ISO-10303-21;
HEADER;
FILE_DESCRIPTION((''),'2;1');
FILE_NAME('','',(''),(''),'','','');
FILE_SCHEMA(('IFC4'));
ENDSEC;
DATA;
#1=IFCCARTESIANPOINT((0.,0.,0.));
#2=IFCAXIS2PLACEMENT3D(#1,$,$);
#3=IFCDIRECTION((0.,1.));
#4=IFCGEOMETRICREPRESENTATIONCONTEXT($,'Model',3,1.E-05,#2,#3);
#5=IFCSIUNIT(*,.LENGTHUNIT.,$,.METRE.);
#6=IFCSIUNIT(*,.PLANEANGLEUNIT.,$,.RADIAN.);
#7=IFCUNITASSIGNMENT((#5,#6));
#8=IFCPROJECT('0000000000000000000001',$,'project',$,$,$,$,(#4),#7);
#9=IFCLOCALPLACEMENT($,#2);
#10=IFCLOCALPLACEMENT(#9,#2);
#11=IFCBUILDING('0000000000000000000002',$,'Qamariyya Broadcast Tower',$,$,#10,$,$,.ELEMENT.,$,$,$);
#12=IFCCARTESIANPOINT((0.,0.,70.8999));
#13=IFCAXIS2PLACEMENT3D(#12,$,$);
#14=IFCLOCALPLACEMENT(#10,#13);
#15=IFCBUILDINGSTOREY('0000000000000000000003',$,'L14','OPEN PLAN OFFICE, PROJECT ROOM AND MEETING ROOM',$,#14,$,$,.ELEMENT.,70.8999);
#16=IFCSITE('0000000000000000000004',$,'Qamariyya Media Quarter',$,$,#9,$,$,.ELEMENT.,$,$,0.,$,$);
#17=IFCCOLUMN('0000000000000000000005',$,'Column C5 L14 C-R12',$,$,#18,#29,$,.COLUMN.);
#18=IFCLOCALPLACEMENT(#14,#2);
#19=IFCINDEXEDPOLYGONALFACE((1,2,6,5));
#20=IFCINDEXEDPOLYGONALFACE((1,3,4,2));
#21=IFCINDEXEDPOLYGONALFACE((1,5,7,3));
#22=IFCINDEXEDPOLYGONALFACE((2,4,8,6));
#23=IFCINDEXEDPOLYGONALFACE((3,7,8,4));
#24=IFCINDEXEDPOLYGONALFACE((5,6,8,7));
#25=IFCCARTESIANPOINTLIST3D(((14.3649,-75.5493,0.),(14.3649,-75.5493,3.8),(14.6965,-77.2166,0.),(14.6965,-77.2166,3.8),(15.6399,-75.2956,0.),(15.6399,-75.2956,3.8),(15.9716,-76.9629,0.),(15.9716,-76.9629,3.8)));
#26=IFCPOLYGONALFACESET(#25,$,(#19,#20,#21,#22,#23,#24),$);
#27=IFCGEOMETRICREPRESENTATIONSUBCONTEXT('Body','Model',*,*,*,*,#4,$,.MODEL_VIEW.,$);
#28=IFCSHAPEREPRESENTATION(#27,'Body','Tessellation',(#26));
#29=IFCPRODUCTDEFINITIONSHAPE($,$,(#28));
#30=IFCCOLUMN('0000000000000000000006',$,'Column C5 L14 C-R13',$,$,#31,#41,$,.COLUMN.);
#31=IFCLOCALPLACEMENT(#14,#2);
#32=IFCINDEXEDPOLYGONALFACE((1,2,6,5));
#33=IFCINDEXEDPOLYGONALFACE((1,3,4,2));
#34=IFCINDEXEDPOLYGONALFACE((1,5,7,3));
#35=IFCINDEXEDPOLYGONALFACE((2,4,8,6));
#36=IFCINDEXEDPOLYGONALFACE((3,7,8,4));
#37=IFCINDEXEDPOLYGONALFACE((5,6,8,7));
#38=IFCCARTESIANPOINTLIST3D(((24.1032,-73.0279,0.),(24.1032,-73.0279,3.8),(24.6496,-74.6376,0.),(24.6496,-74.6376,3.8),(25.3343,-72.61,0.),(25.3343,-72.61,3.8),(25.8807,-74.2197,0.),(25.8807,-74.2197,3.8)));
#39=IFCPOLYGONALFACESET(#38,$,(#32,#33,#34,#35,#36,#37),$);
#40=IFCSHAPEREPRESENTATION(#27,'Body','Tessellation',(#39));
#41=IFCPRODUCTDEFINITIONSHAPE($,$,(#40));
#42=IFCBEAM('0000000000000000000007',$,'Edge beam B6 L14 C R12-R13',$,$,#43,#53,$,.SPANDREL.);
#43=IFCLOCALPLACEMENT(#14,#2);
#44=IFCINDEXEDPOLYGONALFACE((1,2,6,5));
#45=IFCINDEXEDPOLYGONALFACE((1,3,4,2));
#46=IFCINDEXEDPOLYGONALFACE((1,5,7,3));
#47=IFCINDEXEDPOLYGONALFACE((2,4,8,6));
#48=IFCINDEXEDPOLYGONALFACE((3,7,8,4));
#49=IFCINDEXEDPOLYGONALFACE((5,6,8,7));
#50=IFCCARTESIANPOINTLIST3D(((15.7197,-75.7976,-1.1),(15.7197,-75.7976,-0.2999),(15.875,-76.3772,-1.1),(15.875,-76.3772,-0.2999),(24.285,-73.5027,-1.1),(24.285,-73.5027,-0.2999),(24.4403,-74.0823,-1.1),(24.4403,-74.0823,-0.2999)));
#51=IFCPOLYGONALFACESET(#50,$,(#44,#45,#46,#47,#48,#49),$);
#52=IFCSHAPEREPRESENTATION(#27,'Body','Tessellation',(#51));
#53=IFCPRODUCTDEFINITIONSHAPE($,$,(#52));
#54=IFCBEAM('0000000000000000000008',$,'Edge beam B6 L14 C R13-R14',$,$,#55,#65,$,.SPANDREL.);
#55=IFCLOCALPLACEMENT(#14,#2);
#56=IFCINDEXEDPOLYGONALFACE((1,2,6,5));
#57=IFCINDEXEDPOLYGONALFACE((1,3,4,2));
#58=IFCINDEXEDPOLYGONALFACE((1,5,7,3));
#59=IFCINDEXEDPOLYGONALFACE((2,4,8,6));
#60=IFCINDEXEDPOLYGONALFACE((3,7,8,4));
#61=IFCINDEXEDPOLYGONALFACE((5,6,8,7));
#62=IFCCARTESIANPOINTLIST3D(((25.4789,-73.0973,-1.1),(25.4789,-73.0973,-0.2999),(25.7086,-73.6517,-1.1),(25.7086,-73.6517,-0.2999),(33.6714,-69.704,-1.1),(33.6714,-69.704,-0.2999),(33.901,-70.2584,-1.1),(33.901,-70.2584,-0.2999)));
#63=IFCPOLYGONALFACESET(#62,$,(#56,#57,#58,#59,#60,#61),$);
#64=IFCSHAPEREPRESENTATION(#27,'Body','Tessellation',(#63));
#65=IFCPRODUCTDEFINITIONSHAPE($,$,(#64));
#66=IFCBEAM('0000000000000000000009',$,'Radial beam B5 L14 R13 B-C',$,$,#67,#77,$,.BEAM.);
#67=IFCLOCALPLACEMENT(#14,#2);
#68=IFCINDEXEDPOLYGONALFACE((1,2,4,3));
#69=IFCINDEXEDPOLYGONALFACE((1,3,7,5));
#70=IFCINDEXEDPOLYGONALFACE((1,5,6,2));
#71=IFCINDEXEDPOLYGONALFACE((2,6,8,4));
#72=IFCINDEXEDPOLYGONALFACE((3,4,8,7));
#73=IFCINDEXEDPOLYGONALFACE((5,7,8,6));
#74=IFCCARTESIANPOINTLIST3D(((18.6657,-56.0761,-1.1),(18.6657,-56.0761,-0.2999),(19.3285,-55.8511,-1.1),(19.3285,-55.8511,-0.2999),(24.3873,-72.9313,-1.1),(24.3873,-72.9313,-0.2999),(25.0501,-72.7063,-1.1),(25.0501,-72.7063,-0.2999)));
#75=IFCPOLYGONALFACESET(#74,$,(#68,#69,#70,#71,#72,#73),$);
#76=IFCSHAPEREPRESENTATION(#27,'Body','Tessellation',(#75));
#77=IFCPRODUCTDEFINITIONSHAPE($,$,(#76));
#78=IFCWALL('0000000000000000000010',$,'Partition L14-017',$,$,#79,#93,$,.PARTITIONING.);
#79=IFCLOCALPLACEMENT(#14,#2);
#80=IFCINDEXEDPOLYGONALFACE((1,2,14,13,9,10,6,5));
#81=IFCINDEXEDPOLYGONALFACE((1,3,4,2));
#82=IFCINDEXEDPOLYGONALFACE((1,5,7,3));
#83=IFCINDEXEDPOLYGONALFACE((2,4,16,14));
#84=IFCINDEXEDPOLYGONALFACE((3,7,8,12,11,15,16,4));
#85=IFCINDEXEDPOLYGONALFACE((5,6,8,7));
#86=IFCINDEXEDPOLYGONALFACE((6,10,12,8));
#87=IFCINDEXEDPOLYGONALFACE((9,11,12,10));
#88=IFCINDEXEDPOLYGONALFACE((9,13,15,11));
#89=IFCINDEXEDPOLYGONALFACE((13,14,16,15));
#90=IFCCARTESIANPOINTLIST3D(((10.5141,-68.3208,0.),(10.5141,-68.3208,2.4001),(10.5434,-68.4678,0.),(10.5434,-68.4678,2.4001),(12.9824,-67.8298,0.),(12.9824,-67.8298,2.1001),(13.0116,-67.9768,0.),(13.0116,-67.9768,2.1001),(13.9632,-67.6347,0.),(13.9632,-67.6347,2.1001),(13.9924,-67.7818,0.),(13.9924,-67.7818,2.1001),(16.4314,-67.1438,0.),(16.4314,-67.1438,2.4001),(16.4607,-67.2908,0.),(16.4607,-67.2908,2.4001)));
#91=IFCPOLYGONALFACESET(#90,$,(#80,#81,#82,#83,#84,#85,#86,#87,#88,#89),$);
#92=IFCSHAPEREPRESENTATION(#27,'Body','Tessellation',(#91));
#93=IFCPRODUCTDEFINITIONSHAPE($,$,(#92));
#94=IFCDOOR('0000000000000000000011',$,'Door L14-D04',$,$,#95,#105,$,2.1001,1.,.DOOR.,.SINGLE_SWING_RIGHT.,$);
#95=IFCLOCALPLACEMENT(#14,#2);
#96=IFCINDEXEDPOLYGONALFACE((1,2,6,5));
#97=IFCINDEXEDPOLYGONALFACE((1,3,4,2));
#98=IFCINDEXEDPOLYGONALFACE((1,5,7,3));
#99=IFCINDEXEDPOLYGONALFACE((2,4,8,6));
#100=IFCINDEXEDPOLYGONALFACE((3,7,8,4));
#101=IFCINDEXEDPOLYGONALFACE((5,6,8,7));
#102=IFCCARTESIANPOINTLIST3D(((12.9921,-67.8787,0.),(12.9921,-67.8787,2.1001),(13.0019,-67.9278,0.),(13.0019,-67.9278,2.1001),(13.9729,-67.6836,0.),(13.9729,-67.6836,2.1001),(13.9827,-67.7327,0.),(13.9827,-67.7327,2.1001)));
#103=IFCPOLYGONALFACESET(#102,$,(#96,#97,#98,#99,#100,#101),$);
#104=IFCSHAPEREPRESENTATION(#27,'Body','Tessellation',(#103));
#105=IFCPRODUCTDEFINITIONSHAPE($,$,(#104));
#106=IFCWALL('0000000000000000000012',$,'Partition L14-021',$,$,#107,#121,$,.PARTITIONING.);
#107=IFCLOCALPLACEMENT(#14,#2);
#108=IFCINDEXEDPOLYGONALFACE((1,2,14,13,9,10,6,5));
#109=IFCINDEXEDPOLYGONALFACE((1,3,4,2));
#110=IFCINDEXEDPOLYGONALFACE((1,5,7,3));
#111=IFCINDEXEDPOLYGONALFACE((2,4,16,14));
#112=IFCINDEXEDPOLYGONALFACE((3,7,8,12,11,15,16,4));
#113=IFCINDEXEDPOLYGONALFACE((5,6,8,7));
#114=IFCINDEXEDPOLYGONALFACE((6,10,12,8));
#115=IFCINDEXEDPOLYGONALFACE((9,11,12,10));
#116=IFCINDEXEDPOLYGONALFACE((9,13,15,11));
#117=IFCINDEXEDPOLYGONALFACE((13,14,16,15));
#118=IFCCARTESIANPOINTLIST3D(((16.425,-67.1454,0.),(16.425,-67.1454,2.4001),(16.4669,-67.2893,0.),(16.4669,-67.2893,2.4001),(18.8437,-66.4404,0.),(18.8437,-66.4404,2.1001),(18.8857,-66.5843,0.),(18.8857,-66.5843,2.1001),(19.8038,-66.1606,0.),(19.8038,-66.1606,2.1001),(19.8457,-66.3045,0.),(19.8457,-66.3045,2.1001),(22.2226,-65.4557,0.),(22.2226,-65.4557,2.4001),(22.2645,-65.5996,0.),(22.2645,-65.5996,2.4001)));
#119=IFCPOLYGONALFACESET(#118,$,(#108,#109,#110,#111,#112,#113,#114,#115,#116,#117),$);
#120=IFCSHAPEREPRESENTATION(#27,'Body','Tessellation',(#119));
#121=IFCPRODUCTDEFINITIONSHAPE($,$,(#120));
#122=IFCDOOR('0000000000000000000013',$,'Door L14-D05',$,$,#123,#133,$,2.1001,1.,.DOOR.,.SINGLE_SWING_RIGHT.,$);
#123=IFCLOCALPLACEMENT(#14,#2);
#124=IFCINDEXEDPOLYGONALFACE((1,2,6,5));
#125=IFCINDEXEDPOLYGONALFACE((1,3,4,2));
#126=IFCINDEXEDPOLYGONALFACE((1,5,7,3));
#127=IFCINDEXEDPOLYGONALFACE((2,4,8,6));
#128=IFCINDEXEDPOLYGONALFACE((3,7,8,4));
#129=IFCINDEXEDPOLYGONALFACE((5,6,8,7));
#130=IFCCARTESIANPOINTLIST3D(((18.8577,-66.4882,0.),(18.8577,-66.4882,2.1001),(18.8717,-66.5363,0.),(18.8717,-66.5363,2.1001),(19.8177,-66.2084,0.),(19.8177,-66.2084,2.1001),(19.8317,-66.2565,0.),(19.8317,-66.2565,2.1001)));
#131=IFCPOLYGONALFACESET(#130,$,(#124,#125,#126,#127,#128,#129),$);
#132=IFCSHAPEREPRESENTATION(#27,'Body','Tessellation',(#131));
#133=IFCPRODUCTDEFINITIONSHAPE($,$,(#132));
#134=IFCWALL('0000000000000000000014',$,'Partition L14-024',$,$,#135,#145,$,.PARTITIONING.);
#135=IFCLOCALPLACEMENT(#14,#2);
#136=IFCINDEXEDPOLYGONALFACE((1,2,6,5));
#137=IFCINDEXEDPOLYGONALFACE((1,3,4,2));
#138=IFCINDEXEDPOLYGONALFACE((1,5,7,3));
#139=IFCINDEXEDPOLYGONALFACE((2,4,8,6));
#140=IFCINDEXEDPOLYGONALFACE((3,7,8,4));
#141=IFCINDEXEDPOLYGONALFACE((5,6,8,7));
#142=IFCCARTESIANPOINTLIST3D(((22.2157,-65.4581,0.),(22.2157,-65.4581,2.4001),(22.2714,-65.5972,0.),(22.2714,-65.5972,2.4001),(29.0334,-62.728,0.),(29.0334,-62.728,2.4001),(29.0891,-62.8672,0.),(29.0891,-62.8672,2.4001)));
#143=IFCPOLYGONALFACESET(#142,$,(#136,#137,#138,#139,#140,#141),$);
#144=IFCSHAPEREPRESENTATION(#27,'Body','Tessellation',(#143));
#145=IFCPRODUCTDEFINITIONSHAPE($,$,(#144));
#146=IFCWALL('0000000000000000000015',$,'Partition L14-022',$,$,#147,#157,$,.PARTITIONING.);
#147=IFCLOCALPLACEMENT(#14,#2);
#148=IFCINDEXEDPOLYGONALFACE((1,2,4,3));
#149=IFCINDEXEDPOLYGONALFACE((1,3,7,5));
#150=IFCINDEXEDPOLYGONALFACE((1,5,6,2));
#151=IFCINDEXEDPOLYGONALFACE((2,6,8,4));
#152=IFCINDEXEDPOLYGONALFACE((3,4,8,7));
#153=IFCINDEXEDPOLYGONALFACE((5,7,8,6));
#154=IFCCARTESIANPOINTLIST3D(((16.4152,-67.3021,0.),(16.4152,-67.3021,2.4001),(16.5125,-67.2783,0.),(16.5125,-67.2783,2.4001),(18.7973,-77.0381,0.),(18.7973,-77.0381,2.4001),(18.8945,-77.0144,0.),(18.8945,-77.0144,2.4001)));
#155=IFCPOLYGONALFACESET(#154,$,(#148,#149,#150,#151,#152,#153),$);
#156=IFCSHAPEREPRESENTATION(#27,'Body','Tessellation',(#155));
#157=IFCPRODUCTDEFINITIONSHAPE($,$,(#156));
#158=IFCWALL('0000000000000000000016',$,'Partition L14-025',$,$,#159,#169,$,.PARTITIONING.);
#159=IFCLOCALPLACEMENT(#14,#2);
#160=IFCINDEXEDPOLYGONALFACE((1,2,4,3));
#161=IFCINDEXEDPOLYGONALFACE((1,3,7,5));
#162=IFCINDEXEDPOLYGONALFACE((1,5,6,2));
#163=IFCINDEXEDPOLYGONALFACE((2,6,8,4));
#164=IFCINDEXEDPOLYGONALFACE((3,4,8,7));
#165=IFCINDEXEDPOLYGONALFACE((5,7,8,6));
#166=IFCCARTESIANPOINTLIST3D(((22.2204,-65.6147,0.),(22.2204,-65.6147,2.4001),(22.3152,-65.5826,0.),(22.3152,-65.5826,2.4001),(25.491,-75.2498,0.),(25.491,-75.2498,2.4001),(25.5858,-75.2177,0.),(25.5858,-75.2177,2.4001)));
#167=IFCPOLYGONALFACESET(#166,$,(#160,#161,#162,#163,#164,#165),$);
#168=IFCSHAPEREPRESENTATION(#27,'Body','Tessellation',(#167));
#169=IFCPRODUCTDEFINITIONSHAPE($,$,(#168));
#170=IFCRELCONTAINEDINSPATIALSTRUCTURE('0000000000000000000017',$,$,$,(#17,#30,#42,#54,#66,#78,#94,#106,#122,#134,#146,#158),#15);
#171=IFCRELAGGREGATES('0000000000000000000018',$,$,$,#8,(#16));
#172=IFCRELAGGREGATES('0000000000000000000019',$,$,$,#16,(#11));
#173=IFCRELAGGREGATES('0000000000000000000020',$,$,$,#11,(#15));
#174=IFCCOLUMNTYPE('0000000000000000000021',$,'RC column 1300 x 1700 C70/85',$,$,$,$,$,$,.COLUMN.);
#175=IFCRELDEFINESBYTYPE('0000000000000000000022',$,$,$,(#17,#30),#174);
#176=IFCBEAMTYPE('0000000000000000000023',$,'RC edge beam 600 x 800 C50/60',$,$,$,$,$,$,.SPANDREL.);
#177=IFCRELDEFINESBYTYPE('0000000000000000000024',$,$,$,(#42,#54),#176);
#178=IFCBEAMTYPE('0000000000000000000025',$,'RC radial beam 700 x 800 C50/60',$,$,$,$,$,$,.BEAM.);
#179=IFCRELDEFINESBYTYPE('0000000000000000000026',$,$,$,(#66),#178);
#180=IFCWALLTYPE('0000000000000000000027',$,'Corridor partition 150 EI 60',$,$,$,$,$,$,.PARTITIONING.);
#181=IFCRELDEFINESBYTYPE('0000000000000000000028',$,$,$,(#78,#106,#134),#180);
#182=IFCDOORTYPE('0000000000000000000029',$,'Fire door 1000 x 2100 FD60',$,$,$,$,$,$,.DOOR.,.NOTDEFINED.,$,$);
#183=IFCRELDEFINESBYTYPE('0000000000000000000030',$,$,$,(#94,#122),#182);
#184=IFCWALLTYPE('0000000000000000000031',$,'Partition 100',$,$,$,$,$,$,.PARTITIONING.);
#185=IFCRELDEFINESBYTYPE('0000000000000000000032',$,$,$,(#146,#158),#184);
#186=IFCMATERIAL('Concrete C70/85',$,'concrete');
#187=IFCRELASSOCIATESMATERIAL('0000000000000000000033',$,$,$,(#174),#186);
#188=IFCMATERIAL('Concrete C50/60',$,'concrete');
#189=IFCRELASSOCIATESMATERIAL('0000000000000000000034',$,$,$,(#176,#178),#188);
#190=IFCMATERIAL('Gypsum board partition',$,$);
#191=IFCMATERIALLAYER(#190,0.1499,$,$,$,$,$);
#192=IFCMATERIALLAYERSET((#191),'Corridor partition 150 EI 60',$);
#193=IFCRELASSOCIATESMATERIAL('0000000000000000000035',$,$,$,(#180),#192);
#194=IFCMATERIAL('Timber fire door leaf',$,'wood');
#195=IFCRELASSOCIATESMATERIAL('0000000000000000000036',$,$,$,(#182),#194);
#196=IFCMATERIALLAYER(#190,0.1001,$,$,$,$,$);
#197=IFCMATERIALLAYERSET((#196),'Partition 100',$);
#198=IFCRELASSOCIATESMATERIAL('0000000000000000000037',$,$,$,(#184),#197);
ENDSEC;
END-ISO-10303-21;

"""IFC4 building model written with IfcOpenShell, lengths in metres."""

from ifc_helpers import new_model, si_unit, direction, frame, frame_2d, origin, origin_2d, place, context, subcontext, project, spatial, rectangle, extrude, material, layer, layer_set, material_profile, profile_set, type_object, element, fill, save


model = new_model("IFC4")

# Units and contexts
model_context = context("Model", 3, precision=1e-05, world=origin(), true_north=direction((0.0, 1.0)))
body_context = subcontext(model_context, "Body", "Model", "MODEL_VIEW")
ifc_project = project(units=[si_unit("LENGTHUNIT", "METRE"), si_unit("PLANEANGLEUNIT", "RADIAN")], contexts=[model_context])

# Site, building, storey
site_placement = place(None, origin())
site = spatial("IfcSite", under=ifc_project, at=site_placement, Name="Qamariyya Media Quarter", CompositionType="ELEMENT", RefElevation=0.0)
building_placement = place(site_placement, origin())
building = spatial("IfcBuilding", under=site, at=building_placement, Name="Qamariyya Broadcast Tower", CompositionType="ELEMENT")
storey_placement = place(building_placement, frame((0.0, 0.0, 70.8999)))
storey = spatial("IfcBuildingStorey", under=building, at=storey_placement, Name="L14", Description="OPEN PLAN OFFICE, PROJECT ROOM AND MEETING ROOM", CompositionType="ELEMENT", Elevation=70.8999)

# Columns
ifc_material_1 = material(Name="Concrete C70/85", Category="concrete")
ifc_material_profile_1 = material_profile(ifc_material_1, rectangle(XDim=1.3, YDim=1.7, at=origin_2d()))
ifc_profile_set_1 = profile_set([ifc_material_profile_1], Name="Concrete C70/85")
column_type = type_object("IfcColumnType", Name="RC column 1300 x 1700 C70/85", PredefinedType="COLUMN", material=ifc_profile_set_1)
for number, where, z_axis, x_axis, name in (
    (1, (15.1682, -76.2561, 0.0), (0.0, 0.0, 1.0), (0.980785, 0.19509, 0.0), "Column C5 L14 C-R12"),
    (2, (24.9919, -73.6238, 0.0), (0.0, 0.0, 1.0), (0.94693, 0.321439, 0.0), "Column C5 L14 C-R13"),
):
    element("IfcColumn", number, at=place(storey_placement, frame(where, z_axis=z_axis, x_axis=x_axis)), inside=storey, type_object=column_type, Name=name, PredefinedType="COLUMN", context=body_context, shape_type="SweptSolid", body=[
        extrude(rectangle(XDim=1.3, YDim=1.7, at=origin_2d()), origin(), (0.0, 0.0, 1.0), 3.8),
    ])

# Beams
ifc_material_2 = material(Name="Concrete C50/60", Category="concrete")
ifc_material_profile_2 = material_profile(ifc_material_2, rectangle(XDim=0.6001, YDim=0.8, at=origin_2d()))
ifc_profile_set_2 = profile_set([ifc_material_profile_2], Name="Concrete C50/60")
beam_type_1 = type_object("IfcBeamType", Name="RC edge beam 600 x 800 C50/60", PredefinedType="SPANDREL", material=ifc_profile_set_2)
for number, where, z_axis, x_axis, name in (
    (3, (15.7974, -76.0874, -0.7), (0.965931, 0.2588, 0.0), (-0.2588, 0.965931, 0.0), "Edge beam B6 L14 C R12-R13"),
    (4, (25.5938, -73.3745, -0.7), (0.923883, 0.382675, 0.0), (-0.382675, 0.923883, 0.0), "Edge beam B6 L14 C R13-R14"),
):
    element("IfcBeam", number, at=place(storey_placement, frame(where, z_axis=z_axis, x_axis=x_axis)), inside=storey, type_object=beam_type_1, Name=name, PredefinedType="SPANDREL", context=body_context, shape_type="SweptSolid", body=[
        extrude(rectangle(XDim=0.6001, YDim=0.8, at=origin_2d()), origin(), (0.0, 0.0, 1.0), 8.8674),
    ])
ifc_material_profile_3 = material_profile(ifc_material_2, rectangle(XDim=0.7, YDim=0.8, at=origin_2d()))
ifc_profile_set_3 = profile_set([ifc_material_profile_3], Name="Concrete C50/60")
beam_type_2 = type_object("IfcBeamType", Name="RC radial beam 700 x 800 C50/60", PredefinedType="BEAM", material=ifc_profile_set_3)
beam_placement = place(storey_placement, frame((18.9971, -55.9636, -0.7), z_axis=(0.321445, -0.946928, 0.0), x_axis=(0.946928, 0.321445, 0.0)))
element("IfcBeam", 5, at=beam_placement, inside=storey, type_object=beam_type_2, Name="Radial beam B5 L14 R13 B-C", PredefinedType="BEAM", context=body_context, shape_type="SweptSolid", body=[
    extrude(rectangle(XDim=0.7, YDim=0.8, at=origin_2d()), origin(), (0.0, 0.0, 1.0), 17.7998),
])

# Walls, openings, doors
ifc_material_3 = material(Name="Gypsum board partition")
ifc_layer_1 = layer(ifc_material_3, 0.1499)
ifc_layer_set_1 = layer_set([ifc_layer_1], Name="Corridor partition 150 EI 60")
wall_type_1 = type_object("IfcWallType", Name="Corridor partition 150 EI 60", PredefinedType="PARTITIONING", material=ifc_layer_set_1)
wall_1_placement = place(storey_placement, frame((16.446, -67.2173, 0.0), z_axis=(0.0, 0.0, 1.0), x_axis=(-0.980786, -0.195089, 0.0)))
wall_1 = element("IfcWall", 6, at=wall_1_placement, inside=storey, type_object=wall_type_1, Name="Partition L14-017", PredefinedType="PARTITIONING", context=body_context, shape_type="SweptSolid", body=[
    extrude(rectangle(XDim=6.0332, YDim=0.1499, at=frame_2d((3.0166, 0.0))), origin(), (0.0, 0.0, 1.0), 2.4001),
])
opening_1_placement = place(wall_1_placement, frame((2.5166, 0.0, 0.0)))
opening_1 = element("IfcOpeningElement", 7, at=opening_1_placement, cuts=wall_1, PredefinedType="OPENING", context=body_context, shape_type="SweptSolid", body=[
    extrude(rectangle(XDim=1.0, YDim=2.1001, at=frame_2d((0.5, 1.05))), frame((0.0, 0.085, 0.0), z_axis=(0.0, -1.0, 0.0), x_axis=(1.0, 0.0, 0.0)), (0.0, 0.0, 1.0), 0.1699),
])
ifc_material_4 = material(Name="Timber fire door leaf", Category="wood")
door_type = type_object("IfcDoorType", Name="Fire door 1000 x 2100 FD60", OperationType="NOTDEFINED", PredefinedType="DOOR", material=ifc_material_4)
door_1_placement = place(opening_1_placement, origin())
door_1 = element("IfcDoor", 8, at=door_1_placement, inside=storey, type_object=door_type, Name="Door L14-D04", OperationType="SINGLE_SWING_RIGHT", OverallHeight=2.1001, OverallWidth=1.0, PredefinedType="DOOR", context=body_context, shape_type="SweptSolid", body=[
    extrude(rectangle(XDim=1.0, YDim=2.1001, at=frame_2d((0.5, 1.05))), frame((0.0, 0.0249, 0.0), z_axis=(0.0, -1.0, 0.0), x_axis=(1.0, 0.0, 0.0)), (0.0, 0.0, 1.0), 0.05),
])
fill(opening_1, door_1)
wall_2_placement = place(storey_placement, frame((22.2437, -65.5276, 0.0), z_axis=(0.0, 0.0, 1.0), x_axis=(-0.960057, -0.279806, 0.0)))
wall_2 = element("IfcWall", 9, at=wall_2_placement, inside=storey, type_object=wall_type_1, Name="Partition L14-021", PredefinedType="PARTITIONING", context=body_context, shape_type="SweptSolid", body=[
    extrude(rectangle(XDim=6.0388, YDim=0.1499, at=frame_2d((3.0195, 0.0))), origin(), (0.0, 0.0, 1.0), 2.4001),
])
opening_2_placement = place(wall_2_placement, frame((2.5195, 0.0, 0.0)))
opening_2 = element("IfcOpeningElement", 10, at=opening_2_placement, cuts=wall_2, PredefinedType="OPENING", context=body_context, shape_type="SweptSolid", body=[
    extrude(rectangle(XDim=1.0, YDim=2.1001, at=frame_2d((0.5, 1.05))), frame((0.0, 0.085, 0.0), z_axis=(0.0, -1.0, 0.0), x_axis=(1.0, 0.0, 0.0)), (0.0, 0.0, 1.0), 0.1699),
])
door_2_placement = place(opening_2_placement, origin())
door_2 = element("IfcDoor", 11, at=door_2_placement, inside=storey, type_object=door_type, Name="Door L14-D05", OperationType="SINGLE_SWING_RIGHT", OverallHeight=2.1001, OverallWidth=1.0, PredefinedType="DOOR", context=body_context, shape_type="SweptSolid", body=[
    extrude(rectangle(XDim=1.0, YDim=2.1001, at=frame_2d((0.5, 1.05))), frame((0.0, 0.0249, 0.0), z_axis=(0.0, -1.0, 0.0), x_axis=(1.0, 0.0, 0.0)), (0.0, 0.0, 1.0), 0.05),
])
fill(opening_2, door_2)

# Walls
wall_3_placement = place(storey_placement, frame((22.2437, -65.5276, 0.0), z_axis=(0.0, 0.0, 1.0), x_axis=(0.928339, 0.371735, 0.0)))
element("IfcWall", 12, at=wall_3_placement, inside=storey, type_object=wall_type_1, Name="Partition L14-024", PredefinedType="PARTITIONING", context=body_context, shape_type="SweptSolid", body=[
    extrude(rectangle(XDim=7.344, YDim=0.1499, at=frame_2d((3.6719, 0.0))), origin(), (0.0, 0.0, 1.0), 2.4001),
])
ifc_layer_2 = layer(ifc_material_3, 0.1001)
ifc_layer_set_2 = layer_set([ifc_layer_2], Name="Partition 100")
wall_type_2 = type_object("IfcWallType", Name="Partition 100", PredefinedType="PARTITIONING", material=ifc_layer_set_2)
wall_4_placement = place(storey_placement, frame((18.8459, -77.0264, 0.0), z_axis=(0.0, 0.0, 1.0), x_axis=(-0.237655, 0.97135, 0.0)))
element("IfcWall", 13, at=wall_4_placement, inside=storey, type_object=wall_type_2, Name="Partition L14-022", PredefinedType="PARTITIONING", context=body_context, shape_type="SweptSolid", body=[
    extrude(rectangle(XDim=10.0232, YDim=0.1001, at=frame_2d((5.0117, 0.0))), origin(), (0.0, 0.0, 1.0), 2.4001),
])
wall_5_placement = place(storey_placement, frame((25.5383, -75.2336, 0.0), z_axis=(0.0, 0.0, 1.0), x_axis=(-0.321427, 0.946934, 0.0)))
element("IfcWall", 14, at=wall_5_placement, inside=storey, type_object=wall_type_2, Name="Partition L14-025", PredefinedType="PARTITIONING", context=body_context, shape_type="SweptSolid", body=[
    extrude(rectangle(XDim=10.175, YDim=0.1001, at=frame_2d((5.0874, 0.0))), origin(), (0.0, 0.0, 1.0), 2.4001),
])

save(model, "model.ifc")
